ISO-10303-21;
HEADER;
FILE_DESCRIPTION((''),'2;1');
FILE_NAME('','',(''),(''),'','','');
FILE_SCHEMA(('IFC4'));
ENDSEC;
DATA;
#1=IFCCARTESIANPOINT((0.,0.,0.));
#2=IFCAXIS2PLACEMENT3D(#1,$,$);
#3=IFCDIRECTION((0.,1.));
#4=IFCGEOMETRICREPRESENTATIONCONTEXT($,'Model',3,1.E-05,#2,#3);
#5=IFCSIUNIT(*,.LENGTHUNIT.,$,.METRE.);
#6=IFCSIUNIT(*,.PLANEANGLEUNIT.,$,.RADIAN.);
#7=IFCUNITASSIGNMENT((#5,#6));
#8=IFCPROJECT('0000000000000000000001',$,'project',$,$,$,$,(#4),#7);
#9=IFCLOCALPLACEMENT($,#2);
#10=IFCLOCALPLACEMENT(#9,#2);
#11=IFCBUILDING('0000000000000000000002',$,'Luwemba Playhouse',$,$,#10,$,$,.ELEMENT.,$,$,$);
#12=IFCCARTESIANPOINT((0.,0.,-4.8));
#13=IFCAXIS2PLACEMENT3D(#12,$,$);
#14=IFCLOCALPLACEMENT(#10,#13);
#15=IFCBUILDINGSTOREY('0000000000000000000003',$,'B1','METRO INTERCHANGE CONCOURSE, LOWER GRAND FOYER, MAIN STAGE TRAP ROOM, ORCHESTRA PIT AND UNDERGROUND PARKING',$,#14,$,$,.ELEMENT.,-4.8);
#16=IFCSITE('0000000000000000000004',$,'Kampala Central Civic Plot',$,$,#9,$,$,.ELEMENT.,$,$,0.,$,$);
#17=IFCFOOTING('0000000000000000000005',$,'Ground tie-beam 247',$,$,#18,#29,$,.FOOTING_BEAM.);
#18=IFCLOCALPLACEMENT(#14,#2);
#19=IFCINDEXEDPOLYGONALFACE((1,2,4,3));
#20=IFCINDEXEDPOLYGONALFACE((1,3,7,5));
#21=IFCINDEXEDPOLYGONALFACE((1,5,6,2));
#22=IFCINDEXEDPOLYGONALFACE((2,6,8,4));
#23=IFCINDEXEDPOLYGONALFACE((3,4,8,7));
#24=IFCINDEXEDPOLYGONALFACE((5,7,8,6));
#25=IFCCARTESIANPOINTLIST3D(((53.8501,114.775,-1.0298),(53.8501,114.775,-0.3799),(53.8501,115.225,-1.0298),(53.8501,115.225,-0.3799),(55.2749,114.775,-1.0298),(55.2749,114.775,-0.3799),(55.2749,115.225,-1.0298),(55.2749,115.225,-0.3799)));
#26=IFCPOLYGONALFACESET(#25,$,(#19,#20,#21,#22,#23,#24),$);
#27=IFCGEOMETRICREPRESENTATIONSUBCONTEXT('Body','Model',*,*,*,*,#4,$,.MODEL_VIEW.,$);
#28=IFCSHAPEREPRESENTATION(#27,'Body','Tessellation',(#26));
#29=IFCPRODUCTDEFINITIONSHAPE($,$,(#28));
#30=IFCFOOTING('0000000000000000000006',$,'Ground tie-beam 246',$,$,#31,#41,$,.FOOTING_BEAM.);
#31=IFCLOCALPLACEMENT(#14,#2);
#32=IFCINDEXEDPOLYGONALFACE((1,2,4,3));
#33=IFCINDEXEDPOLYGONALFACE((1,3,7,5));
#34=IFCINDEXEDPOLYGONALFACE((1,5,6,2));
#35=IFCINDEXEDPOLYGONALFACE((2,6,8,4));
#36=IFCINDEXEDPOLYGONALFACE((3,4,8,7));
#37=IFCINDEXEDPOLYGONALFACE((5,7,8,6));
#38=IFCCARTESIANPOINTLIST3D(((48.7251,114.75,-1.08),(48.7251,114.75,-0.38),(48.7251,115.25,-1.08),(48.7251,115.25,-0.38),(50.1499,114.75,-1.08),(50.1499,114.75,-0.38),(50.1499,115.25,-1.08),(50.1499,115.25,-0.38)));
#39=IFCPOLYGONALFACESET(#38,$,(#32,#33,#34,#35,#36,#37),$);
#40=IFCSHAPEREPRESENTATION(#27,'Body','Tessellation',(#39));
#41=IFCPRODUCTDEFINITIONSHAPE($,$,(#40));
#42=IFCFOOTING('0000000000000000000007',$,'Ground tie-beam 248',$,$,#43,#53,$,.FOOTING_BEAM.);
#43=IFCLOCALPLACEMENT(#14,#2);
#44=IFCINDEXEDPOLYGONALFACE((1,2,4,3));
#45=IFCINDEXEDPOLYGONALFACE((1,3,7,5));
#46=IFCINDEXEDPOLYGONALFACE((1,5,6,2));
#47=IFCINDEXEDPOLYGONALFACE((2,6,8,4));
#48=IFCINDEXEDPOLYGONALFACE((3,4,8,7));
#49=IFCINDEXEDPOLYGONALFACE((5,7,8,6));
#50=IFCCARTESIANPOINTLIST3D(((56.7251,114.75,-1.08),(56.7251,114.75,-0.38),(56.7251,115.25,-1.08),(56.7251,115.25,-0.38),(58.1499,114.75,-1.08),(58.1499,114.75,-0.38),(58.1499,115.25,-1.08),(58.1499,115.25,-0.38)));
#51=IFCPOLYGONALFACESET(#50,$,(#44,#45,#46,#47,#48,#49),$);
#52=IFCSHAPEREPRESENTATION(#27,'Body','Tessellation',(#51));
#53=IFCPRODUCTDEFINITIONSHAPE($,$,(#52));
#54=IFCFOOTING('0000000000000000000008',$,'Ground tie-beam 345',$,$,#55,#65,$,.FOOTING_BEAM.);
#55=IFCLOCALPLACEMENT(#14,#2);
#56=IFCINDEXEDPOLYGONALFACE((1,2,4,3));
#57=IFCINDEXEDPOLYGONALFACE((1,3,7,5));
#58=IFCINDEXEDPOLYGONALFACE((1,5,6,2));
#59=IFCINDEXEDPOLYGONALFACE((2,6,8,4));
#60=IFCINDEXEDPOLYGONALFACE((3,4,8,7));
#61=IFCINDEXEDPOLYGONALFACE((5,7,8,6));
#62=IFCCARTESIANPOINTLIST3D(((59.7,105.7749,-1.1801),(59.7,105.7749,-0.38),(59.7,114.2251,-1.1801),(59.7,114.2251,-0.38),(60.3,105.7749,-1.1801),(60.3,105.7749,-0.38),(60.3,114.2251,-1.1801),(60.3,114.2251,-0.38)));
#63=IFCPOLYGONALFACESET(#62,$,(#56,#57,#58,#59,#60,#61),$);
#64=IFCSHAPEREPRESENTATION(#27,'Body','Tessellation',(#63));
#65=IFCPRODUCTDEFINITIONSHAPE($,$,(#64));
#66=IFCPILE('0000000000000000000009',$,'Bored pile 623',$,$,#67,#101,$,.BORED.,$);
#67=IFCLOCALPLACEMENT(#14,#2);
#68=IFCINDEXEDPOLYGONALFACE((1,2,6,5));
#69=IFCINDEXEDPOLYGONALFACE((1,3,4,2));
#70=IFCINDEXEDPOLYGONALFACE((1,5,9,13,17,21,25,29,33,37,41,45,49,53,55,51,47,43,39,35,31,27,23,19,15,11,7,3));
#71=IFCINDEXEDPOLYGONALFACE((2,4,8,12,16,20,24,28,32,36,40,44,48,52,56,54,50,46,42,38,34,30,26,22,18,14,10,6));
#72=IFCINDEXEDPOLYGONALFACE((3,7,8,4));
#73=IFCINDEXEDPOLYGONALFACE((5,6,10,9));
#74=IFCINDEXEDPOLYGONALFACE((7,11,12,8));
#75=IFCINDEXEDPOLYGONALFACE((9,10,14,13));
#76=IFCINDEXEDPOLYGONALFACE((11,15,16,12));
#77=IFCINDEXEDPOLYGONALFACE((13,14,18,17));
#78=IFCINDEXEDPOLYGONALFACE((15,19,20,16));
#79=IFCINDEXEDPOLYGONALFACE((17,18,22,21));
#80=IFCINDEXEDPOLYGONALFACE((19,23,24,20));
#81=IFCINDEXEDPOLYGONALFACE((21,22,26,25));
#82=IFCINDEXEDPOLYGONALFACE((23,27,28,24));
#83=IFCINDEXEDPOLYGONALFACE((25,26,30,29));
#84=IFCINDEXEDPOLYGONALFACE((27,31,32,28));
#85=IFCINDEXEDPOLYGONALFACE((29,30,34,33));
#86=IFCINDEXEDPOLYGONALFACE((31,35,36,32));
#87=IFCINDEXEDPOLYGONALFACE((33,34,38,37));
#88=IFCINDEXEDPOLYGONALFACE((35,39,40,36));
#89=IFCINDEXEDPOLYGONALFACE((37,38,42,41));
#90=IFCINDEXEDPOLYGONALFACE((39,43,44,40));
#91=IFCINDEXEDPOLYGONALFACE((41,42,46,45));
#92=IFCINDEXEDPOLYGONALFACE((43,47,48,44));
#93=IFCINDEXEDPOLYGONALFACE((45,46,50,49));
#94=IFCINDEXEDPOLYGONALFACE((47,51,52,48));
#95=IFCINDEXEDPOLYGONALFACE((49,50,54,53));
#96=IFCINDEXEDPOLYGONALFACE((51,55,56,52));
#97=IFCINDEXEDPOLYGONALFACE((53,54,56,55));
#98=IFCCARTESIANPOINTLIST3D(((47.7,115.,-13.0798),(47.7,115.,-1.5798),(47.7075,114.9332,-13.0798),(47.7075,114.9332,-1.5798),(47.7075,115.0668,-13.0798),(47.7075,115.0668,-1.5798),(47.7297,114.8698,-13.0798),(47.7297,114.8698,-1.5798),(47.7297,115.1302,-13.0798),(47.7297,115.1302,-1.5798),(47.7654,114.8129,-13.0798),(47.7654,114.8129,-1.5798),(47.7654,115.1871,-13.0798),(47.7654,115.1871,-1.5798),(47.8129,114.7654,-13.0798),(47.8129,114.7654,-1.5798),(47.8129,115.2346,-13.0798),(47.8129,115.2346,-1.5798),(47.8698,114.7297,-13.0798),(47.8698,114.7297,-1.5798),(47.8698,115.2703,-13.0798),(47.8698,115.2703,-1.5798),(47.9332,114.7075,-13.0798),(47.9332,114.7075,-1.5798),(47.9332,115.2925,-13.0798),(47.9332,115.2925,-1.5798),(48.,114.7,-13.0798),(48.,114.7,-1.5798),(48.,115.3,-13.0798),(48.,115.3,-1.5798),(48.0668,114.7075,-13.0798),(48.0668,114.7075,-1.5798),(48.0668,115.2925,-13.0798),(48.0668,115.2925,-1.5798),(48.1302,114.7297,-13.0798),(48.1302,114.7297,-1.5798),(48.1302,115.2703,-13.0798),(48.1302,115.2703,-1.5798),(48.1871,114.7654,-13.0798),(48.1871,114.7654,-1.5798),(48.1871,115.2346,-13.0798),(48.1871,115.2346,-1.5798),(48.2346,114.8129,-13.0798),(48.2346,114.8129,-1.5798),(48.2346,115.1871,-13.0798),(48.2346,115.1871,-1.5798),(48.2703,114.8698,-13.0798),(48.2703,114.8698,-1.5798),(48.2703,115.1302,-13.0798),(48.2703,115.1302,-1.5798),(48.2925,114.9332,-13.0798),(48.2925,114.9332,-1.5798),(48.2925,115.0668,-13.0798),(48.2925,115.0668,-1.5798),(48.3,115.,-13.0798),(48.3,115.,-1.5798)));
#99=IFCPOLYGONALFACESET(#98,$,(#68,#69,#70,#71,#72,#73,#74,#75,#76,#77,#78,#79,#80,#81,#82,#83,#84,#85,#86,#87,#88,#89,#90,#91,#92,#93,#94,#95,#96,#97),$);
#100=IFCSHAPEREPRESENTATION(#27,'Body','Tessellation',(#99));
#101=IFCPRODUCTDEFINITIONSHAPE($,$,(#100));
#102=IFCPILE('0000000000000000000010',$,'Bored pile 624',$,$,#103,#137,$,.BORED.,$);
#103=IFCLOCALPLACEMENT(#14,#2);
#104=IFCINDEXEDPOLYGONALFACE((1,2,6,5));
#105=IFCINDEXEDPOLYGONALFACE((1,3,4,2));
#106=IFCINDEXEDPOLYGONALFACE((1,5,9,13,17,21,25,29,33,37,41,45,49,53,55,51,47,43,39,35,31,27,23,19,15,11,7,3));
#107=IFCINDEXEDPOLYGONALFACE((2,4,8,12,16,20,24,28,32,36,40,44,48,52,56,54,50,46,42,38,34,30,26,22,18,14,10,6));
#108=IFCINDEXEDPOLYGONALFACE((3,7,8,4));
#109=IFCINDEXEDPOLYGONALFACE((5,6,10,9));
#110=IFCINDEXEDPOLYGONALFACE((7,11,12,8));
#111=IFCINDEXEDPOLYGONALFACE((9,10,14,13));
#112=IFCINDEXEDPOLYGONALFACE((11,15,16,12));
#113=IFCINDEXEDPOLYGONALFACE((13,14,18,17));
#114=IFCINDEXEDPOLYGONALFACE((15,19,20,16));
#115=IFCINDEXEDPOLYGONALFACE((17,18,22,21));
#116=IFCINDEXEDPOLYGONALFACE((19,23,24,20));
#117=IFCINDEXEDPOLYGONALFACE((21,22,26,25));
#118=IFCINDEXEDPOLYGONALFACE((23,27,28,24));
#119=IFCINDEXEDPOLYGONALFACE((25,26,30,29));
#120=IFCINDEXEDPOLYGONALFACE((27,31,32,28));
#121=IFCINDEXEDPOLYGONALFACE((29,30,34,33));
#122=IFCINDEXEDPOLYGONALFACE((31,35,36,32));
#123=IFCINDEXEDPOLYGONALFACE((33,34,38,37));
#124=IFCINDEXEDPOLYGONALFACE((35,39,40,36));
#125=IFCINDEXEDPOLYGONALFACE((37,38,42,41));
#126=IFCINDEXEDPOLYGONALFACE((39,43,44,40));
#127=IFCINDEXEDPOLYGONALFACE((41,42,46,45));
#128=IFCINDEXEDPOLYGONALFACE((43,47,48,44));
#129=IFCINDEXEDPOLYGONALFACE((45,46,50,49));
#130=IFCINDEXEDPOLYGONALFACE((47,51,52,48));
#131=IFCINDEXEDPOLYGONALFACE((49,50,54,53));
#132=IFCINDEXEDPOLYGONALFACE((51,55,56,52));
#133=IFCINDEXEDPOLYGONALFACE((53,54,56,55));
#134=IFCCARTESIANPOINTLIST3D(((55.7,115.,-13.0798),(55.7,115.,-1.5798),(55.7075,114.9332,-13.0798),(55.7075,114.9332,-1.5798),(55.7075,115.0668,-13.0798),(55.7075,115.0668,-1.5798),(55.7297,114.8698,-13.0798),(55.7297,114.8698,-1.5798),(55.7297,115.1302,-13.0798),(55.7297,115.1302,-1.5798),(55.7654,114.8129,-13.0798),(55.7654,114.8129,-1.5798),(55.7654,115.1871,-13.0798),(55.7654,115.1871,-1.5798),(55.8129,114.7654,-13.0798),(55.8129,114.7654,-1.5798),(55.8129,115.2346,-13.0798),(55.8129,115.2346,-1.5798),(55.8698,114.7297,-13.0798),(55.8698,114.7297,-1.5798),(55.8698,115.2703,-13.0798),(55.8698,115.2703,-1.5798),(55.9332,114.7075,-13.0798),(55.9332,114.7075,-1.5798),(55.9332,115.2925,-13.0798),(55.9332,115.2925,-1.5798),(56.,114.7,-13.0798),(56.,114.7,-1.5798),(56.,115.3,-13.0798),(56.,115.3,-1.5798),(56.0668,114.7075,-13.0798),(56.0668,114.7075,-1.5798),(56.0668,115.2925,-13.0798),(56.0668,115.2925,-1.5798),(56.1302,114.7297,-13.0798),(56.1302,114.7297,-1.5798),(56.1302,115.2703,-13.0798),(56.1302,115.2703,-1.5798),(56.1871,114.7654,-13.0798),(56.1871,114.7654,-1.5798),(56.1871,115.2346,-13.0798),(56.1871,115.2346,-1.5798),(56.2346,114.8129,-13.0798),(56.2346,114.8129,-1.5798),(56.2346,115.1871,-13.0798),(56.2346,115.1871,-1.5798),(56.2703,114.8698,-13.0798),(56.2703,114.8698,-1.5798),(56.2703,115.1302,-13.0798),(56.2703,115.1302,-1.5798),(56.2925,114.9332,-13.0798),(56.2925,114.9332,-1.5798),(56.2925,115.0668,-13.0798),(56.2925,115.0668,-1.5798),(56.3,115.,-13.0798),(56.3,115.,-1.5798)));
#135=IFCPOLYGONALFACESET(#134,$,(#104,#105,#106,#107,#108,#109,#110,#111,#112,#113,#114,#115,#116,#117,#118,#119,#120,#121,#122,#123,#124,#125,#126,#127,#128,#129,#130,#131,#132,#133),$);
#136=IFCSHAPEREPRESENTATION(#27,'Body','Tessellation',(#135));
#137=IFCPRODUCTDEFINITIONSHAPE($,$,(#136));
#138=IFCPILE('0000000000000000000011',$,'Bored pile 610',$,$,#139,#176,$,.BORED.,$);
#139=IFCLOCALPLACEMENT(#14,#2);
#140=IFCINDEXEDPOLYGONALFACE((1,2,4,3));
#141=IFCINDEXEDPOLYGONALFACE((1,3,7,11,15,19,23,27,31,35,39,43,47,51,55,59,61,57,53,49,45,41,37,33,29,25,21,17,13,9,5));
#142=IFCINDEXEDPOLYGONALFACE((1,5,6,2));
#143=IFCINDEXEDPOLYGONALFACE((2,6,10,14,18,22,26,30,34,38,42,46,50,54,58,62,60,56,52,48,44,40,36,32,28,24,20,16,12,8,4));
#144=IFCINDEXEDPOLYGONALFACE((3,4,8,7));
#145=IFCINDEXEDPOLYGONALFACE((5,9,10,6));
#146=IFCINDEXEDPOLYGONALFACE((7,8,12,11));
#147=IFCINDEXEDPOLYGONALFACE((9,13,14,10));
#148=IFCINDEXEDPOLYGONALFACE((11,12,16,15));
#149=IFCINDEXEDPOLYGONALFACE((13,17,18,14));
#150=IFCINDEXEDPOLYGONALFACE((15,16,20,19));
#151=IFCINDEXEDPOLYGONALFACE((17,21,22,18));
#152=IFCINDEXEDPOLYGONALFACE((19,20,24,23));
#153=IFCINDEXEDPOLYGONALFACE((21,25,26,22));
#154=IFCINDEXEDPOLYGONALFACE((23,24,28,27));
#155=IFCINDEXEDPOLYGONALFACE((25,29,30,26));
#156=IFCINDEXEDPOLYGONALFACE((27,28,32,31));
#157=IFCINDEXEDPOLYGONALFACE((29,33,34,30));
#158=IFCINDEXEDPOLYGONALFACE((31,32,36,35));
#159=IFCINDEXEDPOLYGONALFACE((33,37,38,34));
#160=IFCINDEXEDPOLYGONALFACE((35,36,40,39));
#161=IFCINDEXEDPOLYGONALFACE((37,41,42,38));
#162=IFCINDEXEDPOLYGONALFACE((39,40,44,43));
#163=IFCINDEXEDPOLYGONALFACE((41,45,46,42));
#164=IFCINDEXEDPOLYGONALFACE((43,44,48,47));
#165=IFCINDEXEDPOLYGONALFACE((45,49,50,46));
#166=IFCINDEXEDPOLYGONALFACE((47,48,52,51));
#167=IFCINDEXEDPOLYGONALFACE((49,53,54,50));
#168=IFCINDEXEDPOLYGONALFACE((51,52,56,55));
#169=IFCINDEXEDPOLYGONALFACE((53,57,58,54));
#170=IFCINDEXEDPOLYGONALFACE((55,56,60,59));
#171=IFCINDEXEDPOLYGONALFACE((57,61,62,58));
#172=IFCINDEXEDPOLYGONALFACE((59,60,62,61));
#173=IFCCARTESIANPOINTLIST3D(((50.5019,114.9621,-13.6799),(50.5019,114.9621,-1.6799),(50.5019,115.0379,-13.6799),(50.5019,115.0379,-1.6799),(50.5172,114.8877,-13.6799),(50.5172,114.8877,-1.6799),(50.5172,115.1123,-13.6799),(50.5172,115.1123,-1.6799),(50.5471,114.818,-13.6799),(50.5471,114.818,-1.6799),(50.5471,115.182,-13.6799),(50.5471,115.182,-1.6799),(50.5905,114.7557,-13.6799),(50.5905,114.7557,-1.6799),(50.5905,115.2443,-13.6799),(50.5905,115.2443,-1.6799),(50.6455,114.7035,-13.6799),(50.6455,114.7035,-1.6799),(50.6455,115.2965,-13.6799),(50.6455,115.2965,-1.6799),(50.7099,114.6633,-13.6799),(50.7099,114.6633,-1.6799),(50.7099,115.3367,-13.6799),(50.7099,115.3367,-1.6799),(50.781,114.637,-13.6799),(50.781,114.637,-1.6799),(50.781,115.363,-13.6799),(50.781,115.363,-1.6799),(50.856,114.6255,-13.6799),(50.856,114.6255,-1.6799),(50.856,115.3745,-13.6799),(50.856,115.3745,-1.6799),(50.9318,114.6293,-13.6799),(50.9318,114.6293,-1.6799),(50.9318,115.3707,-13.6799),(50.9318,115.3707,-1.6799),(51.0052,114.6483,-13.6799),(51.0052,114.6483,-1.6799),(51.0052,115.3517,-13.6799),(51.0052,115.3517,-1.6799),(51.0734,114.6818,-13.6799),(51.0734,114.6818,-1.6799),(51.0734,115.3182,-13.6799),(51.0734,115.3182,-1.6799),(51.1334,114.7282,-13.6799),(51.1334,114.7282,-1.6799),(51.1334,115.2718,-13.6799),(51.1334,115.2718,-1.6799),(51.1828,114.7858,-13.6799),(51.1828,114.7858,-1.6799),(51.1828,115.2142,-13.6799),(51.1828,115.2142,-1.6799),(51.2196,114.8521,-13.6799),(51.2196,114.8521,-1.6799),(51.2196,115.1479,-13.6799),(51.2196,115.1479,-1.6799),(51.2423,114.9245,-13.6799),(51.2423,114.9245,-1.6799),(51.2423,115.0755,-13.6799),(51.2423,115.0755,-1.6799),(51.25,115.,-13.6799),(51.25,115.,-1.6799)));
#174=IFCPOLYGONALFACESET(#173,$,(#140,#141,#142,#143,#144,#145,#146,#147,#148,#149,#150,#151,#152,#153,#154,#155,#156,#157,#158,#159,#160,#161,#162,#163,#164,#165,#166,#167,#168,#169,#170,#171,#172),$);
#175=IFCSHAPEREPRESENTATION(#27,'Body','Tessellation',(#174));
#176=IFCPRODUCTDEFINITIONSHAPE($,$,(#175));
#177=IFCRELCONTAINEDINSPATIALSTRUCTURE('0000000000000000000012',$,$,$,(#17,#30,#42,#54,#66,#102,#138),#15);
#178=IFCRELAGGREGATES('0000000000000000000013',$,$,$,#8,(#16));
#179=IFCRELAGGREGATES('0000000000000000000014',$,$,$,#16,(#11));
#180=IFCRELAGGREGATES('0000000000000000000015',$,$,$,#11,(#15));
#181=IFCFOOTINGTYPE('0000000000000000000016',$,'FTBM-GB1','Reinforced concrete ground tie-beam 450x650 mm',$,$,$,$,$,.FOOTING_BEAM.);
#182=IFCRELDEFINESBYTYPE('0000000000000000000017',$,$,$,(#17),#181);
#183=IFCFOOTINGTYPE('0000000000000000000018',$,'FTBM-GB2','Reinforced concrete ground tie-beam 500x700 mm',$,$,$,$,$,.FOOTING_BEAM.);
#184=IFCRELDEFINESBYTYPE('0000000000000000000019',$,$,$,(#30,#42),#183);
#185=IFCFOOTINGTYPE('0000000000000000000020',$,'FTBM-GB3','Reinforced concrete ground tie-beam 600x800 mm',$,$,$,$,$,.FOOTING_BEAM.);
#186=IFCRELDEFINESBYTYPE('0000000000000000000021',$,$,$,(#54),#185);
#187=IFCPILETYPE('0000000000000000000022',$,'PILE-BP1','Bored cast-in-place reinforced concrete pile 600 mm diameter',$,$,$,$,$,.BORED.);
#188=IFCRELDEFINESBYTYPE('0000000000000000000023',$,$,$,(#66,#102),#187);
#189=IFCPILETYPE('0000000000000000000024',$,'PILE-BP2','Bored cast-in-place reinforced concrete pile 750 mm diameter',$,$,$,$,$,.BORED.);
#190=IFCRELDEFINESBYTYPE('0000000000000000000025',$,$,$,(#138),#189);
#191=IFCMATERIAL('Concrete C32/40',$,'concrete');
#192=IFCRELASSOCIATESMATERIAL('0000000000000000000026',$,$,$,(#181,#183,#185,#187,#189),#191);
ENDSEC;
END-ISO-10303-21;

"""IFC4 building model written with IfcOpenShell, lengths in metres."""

from ifc_helpers import new_model, si_unit, direction, frame, origin, origin_2d, place, context, subcontext, project, spatial, rectangle, circle, extrude, material, material_profile, profile_set, type_object, element, save


model = new_model("IFC4")

# Units and contexts
model_context = context("Model", 3, precision=1e-05, world=origin(), true_north=direction((0.0, 1.0)))
body_context = subcontext(model_context, "Body", "Model", "MODEL_VIEW")
ifc_project = project(units=[si_unit("LENGTHUNIT", "METRE"), si_unit("PLANEANGLEUNIT", "RADIAN")], contexts=[model_context])

# Site, building, storey
site_placement = place(None, origin())
site = spatial("IfcSite", under=ifc_project, at=site_placement, Name="Kampala Central Civic Plot", CompositionType="ELEMENT", RefElevation=0.0)
building_placement = place(site_placement, origin())
building = spatial("IfcBuilding", under=site, at=building_placement, Name="Luwemba Playhouse", CompositionType="ELEMENT")
storey_placement = place(building_placement, frame((0.0, 0.0, -4.8)))
storey = spatial("IfcBuildingStorey", under=building, at=storey_placement, Name="B1", Description="METRO INTERCHANGE CONCOURSE, LOWER GRAND FOYER, MAIN STAGE TRAP ROOM, ORCHESTRA PIT AND UNDERGROUND PARKING", CompositionType="ELEMENT", Elevation=-4.8)

# Footings
ifc_material_1 = material(Name="Concrete C32/40", Category="concrete")
ifc_material_profile_1 = material_profile(ifc_material_1, rectangle(XDim=0.45, YDim=0.6499, at=origin_2d()))
ifc_profile_set_1 = profile_set([ifc_material_profile_1], Name="Concrete C32/40")
footing_type_1 = type_object("IfcFootingType", Name="FTBM-GB1", Description="Reinforced concrete ground tie-beam 450x650 mm", PredefinedType="FOOTING_BEAM", material=ifc_profile_set_1)
footing_1_placement = place(storey_placement, frame((53.8501, 115.0, -0.7048), z_axis=(1.0, 0.0, 0.0), x_axis=(0.0, 1.0, 0.0)))
element("IfcFooting", 1, at=footing_1_placement, inside=storey, type_object=footing_type_1, Name="Ground tie-beam 247", PredefinedType="FOOTING_BEAM", context=body_context, shape_type="SweptSolid", body=[
    extrude(rectangle(XDim=0.45, YDim=0.6499, at=origin_2d()), origin(), (0.0, 0.0, 1.0), 1.4248),
])
ifc_material_profile_2 = material_profile(ifc_material_1, rectangle(XDim=0.5, YDim=0.7, at=origin_2d()))
ifc_profile_set_2 = profile_set([ifc_material_profile_2], Name="Concrete C32/40")
footing_type_2 = type_object("IfcFootingType", Name="FTBM-GB2", Description="Reinforced concrete ground tie-beam 500x700 mm", PredefinedType="FOOTING_BEAM", material=ifc_profile_set_2)
for number, where, z_axis, x_axis, name in (
    (2, (48.7251, 115.0, -0.73), (1.0, 0.0, 0.0), (0.0, 1.0, 0.0), "Ground tie-beam 246"),
    (3, (56.7251, 115.0, -0.73), (1.0, 0.0, 0.0), (0.0, 1.0, 0.0), "Ground tie-beam 248"),
):
    element("IfcFooting", number, at=place(storey_placement, frame(where, z_axis=z_axis, x_axis=x_axis)), inside=storey, type_object=footing_type_2, Name=name, PredefinedType="FOOTING_BEAM", context=body_context, shape_type="SweptSolid", body=[
        extrude(rectangle(XDim=0.5, YDim=0.7, at=origin_2d()), origin(), (0.0, 0.0, 1.0), 1.4248),
    ])
ifc_material_profile_3 = material_profile(ifc_material_1, rectangle(XDim=0.6001, YDim=0.8, at=origin_2d()))
ifc_profile_set_3 = profile_set([ifc_material_profile_3], Name="Concrete C32/40")
footing_type_3 = type_object("IfcFootingType", Name="FTBM-GB3", Description="Reinforced concrete ground tie-beam 600x800 mm", PredefinedType="FOOTING_BEAM", material=ifc_profile_set_3)
footing_2_placement = place(storey_placement, frame((60.0, 105.7749, -0.78), z_axis=(0.0, 1.0, 0.0), x_axis=(-1.0, 0.0, 0.0)))
element("IfcFooting", 4, at=footing_2_placement, inside=storey, type_object=footing_type_3, Name="Ground tie-beam 345", PredefinedType="FOOTING_BEAM", context=body_context, shape_type="SweptSolid", body=[
    extrude(rectangle(XDim=0.6001, YDim=0.8, at=origin_2d()), origin(), (0.0, 0.0, 1.0), 8.4502),
])

# Piles
ifc_material_profile_4 = material_profile(ifc_material_1, circle(Radius=0.3, at=origin_2d()))
ifc_profile_set_4 = profile_set([ifc_material_profile_4], Name="Concrete C32/40")
pile_type_1 = type_object("IfcPileType", Name="PILE-BP1", Description="Bored cast-in-place reinforced concrete pile 600 mm diameter", PredefinedType="BORED", material=ifc_profile_set_4)
for number, where, z_axis, x_axis, name in (
    (5, (48.0, 115.0, -1.5798), (0.0, 0.0, -1.0), (1.0, 0.0, 0.0), "Bored pile 623"),
    (6, (56.0, 115.0, -1.5798), (0.0, 0.0, -1.0), (1.0, 0.0, 0.0), "Bored pile 624"),
):
    element("IfcPile", number, at=place(storey_placement, frame(where, z_axis=z_axis, x_axis=x_axis)), inside=storey, type_object=pile_type_1, Name=name, PredefinedType="BORED", context=body_context, shape_type="SweptSolid", body=[
        extrude(circle(Radius=0.3, at=origin_2d()), origin(), (0.0, 0.0, 1.0), 11.5),
    ])
ifc_material_profile_5 = material_profile(ifc_material_1, circle(Radius=0.375, at=origin_2d()))
ifc_profile_set_5 = profile_set([ifc_material_profile_5], Name="Concrete C32/40")
pile_type_2 = type_object("IfcPileType", Name="PILE-BP2", Description="Bored cast-in-place reinforced concrete pile 750 mm diameter", PredefinedType="BORED", material=ifc_profile_set_5)
for number, where, z_axis, x_axis, name in (
    (7, (50.875, 115.0, -1.6799), (0.0, 0.0, -1.0), (1.0, 0.0, 0.0), "Bored pile 610"),
):
    element("IfcPile", number, at=place(storey_placement, frame(where, z_axis=z_axis, x_axis=x_axis)), inside=storey, type_object=pile_type_2, Name=name, PredefinedType="BORED", context=body_context, shape_type="SweptSolid", body=[
        extrude(circle(Radius=0.375, at=origin_2d()), origin(), (0.0, 0.0, 1.0), 12.0),
    ])

save(model, "model.ifc")
